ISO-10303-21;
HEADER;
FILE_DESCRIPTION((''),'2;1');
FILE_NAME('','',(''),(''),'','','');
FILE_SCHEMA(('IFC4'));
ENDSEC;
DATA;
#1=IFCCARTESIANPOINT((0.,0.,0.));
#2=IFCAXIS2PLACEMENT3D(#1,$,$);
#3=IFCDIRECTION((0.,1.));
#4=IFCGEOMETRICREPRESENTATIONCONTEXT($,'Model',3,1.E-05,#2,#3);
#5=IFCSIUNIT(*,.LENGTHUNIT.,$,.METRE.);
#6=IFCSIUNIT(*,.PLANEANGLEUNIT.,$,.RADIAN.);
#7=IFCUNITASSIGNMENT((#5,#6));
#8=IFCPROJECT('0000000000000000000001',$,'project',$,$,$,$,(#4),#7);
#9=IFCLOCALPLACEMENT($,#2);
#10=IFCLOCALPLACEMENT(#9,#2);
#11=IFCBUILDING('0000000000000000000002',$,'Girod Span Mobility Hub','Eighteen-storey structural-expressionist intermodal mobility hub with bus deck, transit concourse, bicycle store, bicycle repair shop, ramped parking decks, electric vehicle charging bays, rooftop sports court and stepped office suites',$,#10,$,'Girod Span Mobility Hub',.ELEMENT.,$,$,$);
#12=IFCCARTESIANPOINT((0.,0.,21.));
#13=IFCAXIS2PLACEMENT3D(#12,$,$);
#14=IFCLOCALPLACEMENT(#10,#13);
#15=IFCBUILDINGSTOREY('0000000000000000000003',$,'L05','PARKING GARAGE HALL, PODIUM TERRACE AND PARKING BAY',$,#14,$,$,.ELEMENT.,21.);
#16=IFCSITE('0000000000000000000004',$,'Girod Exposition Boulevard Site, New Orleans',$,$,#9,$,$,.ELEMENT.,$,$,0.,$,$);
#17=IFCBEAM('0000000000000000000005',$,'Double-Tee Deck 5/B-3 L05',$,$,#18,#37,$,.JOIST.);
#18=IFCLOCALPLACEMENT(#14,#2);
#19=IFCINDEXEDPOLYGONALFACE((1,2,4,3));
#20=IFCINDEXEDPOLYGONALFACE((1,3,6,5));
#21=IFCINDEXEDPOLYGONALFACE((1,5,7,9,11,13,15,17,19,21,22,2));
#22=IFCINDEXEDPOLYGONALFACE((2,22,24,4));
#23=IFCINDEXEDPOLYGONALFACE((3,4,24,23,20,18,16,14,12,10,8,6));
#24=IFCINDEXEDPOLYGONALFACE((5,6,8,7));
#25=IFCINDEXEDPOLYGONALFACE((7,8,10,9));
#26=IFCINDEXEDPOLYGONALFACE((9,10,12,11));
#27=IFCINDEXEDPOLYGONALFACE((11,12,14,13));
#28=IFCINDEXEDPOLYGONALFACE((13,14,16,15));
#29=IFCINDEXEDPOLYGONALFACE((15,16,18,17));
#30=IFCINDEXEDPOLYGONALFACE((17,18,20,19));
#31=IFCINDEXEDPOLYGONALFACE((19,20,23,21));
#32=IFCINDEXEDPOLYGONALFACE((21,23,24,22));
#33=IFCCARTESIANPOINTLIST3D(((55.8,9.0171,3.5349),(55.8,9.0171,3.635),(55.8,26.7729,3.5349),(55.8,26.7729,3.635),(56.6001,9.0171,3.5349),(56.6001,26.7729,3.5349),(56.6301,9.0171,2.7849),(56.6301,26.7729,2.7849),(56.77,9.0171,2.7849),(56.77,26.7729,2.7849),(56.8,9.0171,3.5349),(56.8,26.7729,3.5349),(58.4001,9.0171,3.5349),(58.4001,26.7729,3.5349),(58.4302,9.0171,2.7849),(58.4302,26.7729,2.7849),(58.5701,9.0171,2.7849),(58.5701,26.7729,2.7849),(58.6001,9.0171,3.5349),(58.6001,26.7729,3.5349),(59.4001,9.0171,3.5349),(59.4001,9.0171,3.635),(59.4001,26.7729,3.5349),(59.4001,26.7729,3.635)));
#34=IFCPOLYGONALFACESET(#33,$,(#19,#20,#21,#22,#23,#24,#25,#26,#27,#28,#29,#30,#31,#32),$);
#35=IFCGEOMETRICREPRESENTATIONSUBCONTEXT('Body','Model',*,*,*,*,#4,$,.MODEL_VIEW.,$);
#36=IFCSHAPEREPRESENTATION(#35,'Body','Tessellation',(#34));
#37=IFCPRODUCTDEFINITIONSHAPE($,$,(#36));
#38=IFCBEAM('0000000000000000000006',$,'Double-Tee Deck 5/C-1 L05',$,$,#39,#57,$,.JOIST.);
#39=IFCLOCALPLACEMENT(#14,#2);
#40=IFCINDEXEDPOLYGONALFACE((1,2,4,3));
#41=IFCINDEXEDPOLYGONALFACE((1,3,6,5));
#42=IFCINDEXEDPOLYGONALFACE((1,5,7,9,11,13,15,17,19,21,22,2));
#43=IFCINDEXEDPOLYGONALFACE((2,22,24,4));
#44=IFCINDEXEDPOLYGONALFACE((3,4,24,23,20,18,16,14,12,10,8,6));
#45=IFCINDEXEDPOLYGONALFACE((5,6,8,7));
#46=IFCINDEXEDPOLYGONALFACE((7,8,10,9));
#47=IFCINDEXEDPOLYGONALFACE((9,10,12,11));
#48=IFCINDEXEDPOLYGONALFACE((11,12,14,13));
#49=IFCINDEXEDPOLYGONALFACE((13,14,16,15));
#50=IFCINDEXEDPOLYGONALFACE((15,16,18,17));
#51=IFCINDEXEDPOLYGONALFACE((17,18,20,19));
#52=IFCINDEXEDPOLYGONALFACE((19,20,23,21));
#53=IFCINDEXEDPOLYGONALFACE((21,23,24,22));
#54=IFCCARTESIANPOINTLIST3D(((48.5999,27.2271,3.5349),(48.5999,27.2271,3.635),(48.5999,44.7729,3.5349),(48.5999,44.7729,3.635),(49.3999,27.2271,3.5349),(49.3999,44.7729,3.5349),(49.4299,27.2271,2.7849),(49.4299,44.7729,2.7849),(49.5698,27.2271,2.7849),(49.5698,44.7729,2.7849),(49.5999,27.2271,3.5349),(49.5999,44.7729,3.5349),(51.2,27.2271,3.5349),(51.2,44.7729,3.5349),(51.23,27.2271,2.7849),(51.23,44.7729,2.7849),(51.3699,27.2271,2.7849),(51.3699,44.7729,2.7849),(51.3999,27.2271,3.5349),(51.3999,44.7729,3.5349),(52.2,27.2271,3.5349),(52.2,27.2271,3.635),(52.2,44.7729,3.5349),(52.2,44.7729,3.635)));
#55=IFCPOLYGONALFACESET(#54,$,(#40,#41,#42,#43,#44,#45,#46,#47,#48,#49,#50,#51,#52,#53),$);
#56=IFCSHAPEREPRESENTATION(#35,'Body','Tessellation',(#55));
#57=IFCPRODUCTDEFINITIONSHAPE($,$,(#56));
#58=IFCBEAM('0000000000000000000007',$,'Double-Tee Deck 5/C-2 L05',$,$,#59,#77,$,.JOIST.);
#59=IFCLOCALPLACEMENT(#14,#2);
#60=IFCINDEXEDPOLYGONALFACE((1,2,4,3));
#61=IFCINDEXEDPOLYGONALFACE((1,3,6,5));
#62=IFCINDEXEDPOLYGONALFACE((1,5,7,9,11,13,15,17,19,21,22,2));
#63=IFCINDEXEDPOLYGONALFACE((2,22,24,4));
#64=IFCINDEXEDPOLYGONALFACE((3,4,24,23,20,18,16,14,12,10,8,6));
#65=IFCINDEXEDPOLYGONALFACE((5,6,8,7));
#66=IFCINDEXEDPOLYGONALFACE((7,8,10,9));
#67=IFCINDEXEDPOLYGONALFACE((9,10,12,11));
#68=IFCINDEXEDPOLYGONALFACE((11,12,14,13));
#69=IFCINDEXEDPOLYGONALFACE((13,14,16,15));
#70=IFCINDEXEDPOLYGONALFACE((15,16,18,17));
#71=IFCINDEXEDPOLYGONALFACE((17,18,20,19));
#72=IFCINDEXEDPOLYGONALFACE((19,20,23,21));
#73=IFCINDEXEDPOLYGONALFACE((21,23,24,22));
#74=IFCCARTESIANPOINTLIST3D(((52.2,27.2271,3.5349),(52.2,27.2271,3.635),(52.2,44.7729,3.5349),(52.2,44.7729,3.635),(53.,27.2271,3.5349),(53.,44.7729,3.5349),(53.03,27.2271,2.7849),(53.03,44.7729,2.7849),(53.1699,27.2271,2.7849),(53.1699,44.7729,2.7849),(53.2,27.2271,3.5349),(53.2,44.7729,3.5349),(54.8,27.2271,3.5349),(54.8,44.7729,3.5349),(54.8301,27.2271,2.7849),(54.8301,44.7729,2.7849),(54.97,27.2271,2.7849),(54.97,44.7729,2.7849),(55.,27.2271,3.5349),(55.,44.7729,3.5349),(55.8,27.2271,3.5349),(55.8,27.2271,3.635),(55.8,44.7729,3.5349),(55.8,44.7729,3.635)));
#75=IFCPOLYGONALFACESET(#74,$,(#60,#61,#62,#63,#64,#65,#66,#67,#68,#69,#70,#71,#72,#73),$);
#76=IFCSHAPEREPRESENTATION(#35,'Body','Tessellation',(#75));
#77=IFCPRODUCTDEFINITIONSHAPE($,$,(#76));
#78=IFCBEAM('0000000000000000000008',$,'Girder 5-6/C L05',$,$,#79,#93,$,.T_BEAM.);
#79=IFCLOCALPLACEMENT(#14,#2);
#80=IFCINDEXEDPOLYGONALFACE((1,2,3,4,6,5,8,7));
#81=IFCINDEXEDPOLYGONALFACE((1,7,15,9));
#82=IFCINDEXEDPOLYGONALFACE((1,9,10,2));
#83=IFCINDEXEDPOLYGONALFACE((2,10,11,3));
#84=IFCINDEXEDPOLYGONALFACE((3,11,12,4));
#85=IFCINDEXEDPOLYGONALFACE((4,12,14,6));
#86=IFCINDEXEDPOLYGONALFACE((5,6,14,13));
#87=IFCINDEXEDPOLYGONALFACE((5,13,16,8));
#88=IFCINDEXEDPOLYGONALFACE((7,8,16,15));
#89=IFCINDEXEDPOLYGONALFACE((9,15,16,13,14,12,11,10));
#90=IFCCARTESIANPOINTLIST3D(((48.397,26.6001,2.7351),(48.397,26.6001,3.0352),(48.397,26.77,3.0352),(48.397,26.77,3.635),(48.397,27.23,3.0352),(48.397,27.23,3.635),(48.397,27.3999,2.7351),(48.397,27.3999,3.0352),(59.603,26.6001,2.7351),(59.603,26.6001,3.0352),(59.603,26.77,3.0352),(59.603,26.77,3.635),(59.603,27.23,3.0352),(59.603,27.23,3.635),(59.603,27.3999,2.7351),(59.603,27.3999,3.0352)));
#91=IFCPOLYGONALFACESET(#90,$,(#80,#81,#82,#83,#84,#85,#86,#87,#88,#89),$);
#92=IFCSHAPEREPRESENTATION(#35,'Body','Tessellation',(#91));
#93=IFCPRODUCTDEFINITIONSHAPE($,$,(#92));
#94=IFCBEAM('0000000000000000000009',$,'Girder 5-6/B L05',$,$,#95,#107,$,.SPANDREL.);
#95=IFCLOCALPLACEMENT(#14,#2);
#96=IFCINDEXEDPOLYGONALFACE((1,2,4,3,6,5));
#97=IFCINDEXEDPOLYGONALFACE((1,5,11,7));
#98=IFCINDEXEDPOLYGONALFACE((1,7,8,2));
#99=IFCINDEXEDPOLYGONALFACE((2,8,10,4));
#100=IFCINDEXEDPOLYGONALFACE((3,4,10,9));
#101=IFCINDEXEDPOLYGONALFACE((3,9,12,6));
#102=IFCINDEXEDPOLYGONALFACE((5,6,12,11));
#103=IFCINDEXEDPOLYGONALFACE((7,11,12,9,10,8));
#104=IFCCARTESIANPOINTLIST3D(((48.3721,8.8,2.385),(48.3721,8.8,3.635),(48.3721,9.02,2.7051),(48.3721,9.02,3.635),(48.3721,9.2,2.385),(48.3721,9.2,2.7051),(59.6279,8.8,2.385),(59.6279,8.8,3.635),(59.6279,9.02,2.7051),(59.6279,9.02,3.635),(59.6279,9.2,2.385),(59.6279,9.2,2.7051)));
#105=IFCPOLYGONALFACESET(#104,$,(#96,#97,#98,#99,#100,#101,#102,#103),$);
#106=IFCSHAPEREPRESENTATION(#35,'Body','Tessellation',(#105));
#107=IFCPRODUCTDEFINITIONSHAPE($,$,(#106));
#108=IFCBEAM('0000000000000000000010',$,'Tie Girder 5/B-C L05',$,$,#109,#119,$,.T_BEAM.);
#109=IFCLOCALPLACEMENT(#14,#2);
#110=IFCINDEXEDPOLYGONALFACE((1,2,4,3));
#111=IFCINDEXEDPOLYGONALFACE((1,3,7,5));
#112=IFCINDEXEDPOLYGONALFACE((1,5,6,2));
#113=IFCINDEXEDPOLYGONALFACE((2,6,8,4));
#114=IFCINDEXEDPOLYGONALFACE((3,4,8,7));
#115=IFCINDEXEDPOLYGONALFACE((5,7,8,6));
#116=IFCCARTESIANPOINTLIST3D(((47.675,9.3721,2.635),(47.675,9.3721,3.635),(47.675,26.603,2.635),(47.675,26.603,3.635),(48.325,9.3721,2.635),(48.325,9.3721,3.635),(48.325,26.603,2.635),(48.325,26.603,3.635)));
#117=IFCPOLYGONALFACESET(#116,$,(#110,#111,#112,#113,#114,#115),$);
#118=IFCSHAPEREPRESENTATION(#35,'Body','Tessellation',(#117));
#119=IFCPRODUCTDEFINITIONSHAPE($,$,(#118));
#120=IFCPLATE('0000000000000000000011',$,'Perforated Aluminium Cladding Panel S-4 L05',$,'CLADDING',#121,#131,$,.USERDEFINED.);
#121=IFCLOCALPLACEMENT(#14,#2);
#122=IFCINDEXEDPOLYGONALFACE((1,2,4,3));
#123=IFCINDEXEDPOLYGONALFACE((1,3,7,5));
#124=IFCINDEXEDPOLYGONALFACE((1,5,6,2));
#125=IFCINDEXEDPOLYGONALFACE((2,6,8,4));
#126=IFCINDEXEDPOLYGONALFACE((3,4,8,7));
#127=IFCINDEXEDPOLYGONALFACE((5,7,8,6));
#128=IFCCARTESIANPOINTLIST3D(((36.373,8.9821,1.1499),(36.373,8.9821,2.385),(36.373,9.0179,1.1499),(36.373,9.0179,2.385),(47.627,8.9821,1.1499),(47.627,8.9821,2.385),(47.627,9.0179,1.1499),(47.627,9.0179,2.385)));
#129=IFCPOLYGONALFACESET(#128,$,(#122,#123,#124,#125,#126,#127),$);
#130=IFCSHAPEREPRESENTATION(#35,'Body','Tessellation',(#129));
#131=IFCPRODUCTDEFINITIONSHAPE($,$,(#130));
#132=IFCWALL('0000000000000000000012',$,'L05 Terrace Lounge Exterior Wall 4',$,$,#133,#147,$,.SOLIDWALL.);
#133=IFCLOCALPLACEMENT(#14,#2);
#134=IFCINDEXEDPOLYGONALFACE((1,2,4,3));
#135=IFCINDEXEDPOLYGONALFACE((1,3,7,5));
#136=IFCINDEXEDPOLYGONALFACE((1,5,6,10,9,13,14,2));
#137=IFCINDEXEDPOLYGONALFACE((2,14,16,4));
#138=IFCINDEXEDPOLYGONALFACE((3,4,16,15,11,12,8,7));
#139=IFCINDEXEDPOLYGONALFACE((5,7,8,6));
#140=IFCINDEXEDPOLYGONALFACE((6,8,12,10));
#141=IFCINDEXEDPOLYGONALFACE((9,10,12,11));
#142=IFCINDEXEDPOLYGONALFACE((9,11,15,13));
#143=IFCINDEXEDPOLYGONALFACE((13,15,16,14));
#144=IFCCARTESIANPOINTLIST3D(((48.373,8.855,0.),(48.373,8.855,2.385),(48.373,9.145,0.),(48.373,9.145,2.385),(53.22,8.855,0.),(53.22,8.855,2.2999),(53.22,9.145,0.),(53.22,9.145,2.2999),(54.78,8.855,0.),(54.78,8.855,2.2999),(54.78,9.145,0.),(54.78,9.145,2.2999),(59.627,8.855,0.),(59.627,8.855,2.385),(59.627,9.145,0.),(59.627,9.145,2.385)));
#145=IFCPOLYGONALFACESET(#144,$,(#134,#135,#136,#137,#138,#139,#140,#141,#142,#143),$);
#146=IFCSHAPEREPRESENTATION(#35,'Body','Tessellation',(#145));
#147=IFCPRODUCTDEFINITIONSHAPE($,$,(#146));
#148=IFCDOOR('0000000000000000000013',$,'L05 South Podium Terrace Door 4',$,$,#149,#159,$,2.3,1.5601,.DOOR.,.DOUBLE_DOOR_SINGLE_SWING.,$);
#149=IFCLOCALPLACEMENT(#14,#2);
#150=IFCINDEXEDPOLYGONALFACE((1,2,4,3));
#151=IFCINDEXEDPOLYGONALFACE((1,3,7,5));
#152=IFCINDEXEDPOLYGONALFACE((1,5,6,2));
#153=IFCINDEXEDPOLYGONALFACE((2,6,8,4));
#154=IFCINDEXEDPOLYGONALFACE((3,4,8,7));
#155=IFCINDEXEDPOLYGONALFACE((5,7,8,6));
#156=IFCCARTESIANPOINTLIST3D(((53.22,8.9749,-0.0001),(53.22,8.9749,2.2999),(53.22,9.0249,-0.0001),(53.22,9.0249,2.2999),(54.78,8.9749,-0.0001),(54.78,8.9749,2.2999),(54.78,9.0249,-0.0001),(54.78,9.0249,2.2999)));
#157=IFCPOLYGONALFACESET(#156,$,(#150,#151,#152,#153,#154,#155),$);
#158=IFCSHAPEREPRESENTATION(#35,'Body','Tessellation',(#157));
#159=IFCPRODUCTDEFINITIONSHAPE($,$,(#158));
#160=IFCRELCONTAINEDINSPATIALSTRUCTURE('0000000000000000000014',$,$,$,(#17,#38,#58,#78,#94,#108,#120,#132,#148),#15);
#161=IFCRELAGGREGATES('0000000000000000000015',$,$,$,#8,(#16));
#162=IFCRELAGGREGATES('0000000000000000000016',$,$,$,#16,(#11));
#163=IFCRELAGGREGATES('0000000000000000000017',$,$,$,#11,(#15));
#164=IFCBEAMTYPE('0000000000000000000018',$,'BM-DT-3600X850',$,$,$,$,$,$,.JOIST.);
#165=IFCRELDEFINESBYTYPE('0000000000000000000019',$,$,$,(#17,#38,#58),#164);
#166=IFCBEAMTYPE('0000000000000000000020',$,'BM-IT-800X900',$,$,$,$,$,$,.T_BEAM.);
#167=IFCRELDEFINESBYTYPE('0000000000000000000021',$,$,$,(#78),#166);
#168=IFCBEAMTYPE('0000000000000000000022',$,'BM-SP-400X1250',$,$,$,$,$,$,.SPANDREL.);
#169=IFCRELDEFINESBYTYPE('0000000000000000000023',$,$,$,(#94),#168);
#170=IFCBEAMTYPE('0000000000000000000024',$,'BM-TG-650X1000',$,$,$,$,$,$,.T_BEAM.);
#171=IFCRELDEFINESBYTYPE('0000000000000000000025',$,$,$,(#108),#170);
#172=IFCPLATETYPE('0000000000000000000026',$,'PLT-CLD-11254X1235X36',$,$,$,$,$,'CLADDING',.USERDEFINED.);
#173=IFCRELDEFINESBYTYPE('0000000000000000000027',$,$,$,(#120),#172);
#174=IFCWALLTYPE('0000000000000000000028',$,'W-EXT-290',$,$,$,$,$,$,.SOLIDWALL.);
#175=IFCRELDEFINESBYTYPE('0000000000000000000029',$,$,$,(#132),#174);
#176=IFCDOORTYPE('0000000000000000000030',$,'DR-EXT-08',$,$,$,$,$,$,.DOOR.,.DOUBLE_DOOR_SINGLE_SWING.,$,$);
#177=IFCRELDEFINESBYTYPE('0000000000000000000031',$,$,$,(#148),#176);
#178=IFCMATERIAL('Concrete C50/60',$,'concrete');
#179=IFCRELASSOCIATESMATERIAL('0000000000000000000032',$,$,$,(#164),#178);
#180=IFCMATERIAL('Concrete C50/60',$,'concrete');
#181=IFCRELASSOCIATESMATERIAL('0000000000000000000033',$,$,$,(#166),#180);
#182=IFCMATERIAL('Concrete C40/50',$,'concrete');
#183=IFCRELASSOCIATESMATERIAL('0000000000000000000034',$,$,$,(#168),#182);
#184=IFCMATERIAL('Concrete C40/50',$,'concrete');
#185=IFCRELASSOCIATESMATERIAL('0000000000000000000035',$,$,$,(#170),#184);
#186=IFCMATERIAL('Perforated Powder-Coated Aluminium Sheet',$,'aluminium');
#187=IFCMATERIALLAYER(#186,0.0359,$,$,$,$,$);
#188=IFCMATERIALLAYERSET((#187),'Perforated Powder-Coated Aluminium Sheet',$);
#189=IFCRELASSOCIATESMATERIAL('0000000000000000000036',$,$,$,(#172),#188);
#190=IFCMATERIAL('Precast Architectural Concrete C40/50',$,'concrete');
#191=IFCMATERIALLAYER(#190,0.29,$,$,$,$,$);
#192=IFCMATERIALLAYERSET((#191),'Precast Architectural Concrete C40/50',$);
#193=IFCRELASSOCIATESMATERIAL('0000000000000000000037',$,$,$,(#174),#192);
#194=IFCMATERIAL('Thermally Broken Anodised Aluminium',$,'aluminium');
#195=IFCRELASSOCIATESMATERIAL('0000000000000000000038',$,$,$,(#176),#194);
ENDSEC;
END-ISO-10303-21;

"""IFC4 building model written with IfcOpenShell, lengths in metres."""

from ifc_helpers import new_model, si_unit, direction, frame, frame_2d, origin, origin_2d, place, context, subcontext, project, spatial, polyline, rectangle, outline, extrude, material, layer, layer_set, material_profile, profile_set, type_object, element, fill, save


model = new_model("IFC4")

# Units and contexts
model_context = context("Model", 3, precision=1e-05, world=origin(), true_north=direction((0.0, 1.0)))
body_context = subcontext(model_context, "Body", "Model", "MODEL_VIEW")
ifc_project = project(units=[si_unit("LENGTHUNIT", "METRE"), si_unit("PLANEANGLEUNIT", "RADIAN")], contexts=[model_context])

# Site, building, storey
site_placement = place(None, origin())
site = spatial("IfcSite", under=ifc_project, at=site_placement, Name="Girod Exposition Boulevard Site, New Orleans", CompositionType="ELEMENT", RefElevation=0.0)
building_placement = place(site_placement, origin())
building = spatial("IfcBuilding", under=site, at=building_placement, Name="Girod Span Mobility Hub", Description="Eighteen-storey structural-expressionist intermodal mobility hub with bus deck, transit concourse, bicycle store, bicycle repair shop, ramped parking decks, electric vehicle charging bays, rooftop sports court and stepped office suites", LongName="Girod Span Mobility Hub", CompositionType="ELEMENT")
storey_placement = place(building_placement, frame((0.0, 0.0, 21.0)))
storey = spatial("IfcBuildingStorey", under=building, at=storey_placement, Name="L05", Description="PARKING GARAGE HALL, PODIUM TERRACE AND PARKING BAY", CompositionType="ELEMENT", Elevation=21.0)

# Beams
ifc_material_1 = material(Name="Concrete C50/60", Category="concrete")
ifc_material_profile_1 = material_profile(ifc_material_1, outline(polyline([(-1.8, 0.425), (-1.8, 0.325), (-1.0, 0.325), (-0.97, -0.425), (-0.8301, -0.425), (-0.8, 0.325), (0.8, 0.325), (0.8301, -0.425), (0.97, -0.425), (1.0, 0.325), (1.8, 0.325), (1.8, 0.425), (-1.8, 0.425)])), Name="DT-3600X850")
ifc_profile_set_1 = profile_set([ifc_material_profile_1], Name="Concrete C50/60")
beam_type_1 = type_object("IfcBeamType", Name="BM-DT-3600X850", PredefinedType="JOIST", material=ifc_profile_set_1)
for number, where, z_axis, x_axis, name in (
    (1, (57.6001, 9.0171, 3.21), (0.0, 1.0, 0.0), (-1.0, 0.0, 0.0), "Double-Tee Deck 5/B-3 L05"),
):
    element("IfcBeam", number, at=place(storey_placement, frame(where, z_axis=z_axis, x_axis=x_axis)), inside=storey, type_object=beam_type_1, Name=name, PredefinedType="JOIST", context=body_context, shape_type="SweptSolid", body=[
        extrude(outline(polyline([(-1.8, 0.425), (-1.8, 0.325), (-1.0, 0.325), (-0.97, -0.425), (-0.8301, -0.425), (-0.8, 0.325), (0.8, 0.325), (0.8301, -0.425), (0.97, -0.425), (1.0, 0.325), (1.8, 0.325), (1.8, 0.425), (-1.8, 0.425)])), origin(), (0.0, 0.0, 1.0), 17.7559),
    ])
for number, where, z_axis, x_axis, name in (
    (2, (50.3999, 27.2271, 3.21), (0.0, 1.0, 0.0), (-1.0, 0.0, 0.0), "Double-Tee Deck 5/C-1 L05"),
    (3, (54.0, 27.2271, 3.21), (0.0, 1.0, 0.0), (-1.0, 0.0, 0.0), "Double-Tee Deck 5/C-2 L05"),
):
    element("IfcBeam", number, at=place(storey_placement, frame(where, z_axis=z_axis, x_axis=x_axis)), inside=storey, type_object=beam_type_1, Name=name, PredefinedType="JOIST", context=body_context, shape_type="SweptSolid", body=[
        extrude(outline(polyline([(-1.8, 0.425), (-1.8, 0.325), (-1.0, 0.325), (-0.97, -0.425), (-0.8301, -0.425), (-0.8, 0.325), (0.8, 0.325), (0.8301, -0.425), (0.97, -0.425), (1.0, 0.325), (1.8, 0.325), (1.8, 0.425), (-1.8, 0.425)])), origin(), (0.0, 0.0, 1.0), 17.5459),
    ])
ifc_material_2 = material(Name="Concrete C50/60", Category="concrete")
ifc_material_profile_2 = material_profile(ifc_material_2, outline(polyline([(-0.3999, -0.45), (0.3999, -0.45), (0.3999, -0.1499), (0.23, -0.1499), (0.23, 0.45), (-0.23, 0.45), (-0.23, -0.1499), (-0.3999, -0.1499), (-0.3999, -0.45)])), Name="IT-800X900")
ifc_profile_set_2 = profile_set([ifc_material_profile_2], Name="Concrete C50/60")
beam_type_2 = type_object("IfcBeamType", Name="BM-IT-800X900", PredefinedType="T_BEAM", material=ifc_profile_set_2)
beam_1_placement = place(storey_placement, frame((48.397, 27.0, 3.1851), z_axis=(1.0, 0.0, 0.0), x_axis=(0.0, 1.0, 0.0)))
element("IfcBeam", 4, at=beam_1_placement, inside=storey, type_object=beam_type_2, Name="Girder 5-6/C L05", PredefinedType="T_BEAM", context=body_context, shape_type="SweptSolid", body=[
    extrude(outline(polyline([(-0.3999, -0.45), (0.3999, -0.45), (0.3999, -0.1499), (0.23, -0.1499), (0.23, 0.45), (-0.23, 0.45), (-0.23, -0.1499), (-0.3999, -0.1499), (-0.3999, -0.45)])), origin(), (0.0, 0.0, 1.0), 11.2061),
])
ifc_material_3 = material(Name="Concrete C40/50", Category="concrete")
ifc_material_profile_3 = material_profile(ifc_material_3, outline(polyline([(-0.2, -0.625), (0.2, -0.625), (0.2, -0.3049), (0.02, -0.3049), (0.02, 0.625), (-0.2, 0.625), (-0.2, -0.625)])), Name="SP-400X1250")
ifc_profile_set_3 = profile_set([ifc_material_profile_3], Name="Concrete C40/50")
beam_type_3 = type_object("IfcBeamType", Name="BM-SP-400X1250", PredefinedType="SPANDREL", material=ifc_profile_set_3)
beam_2_placement = place(storey_placement, frame((48.3721, 9.0, 3.01), z_axis=(1.0, 0.0, 0.0), x_axis=(0.0, 1.0, 0.0)))
element("IfcBeam", 5, at=beam_2_placement, inside=storey, type_object=beam_type_3, Name="Girder 5-6/B L05", PredefinedType="SPANDREL", context=body_context, shape_type="SweptSolid", body=[
    extrude(outline(polyline([(-0.2, -0.625), (0.2, -0.625), (0.2, -0.3049), (0.02, -0.3049), (0.02, 0.625), (-0.2, 0.625), (-0.2, -0.625)])), origin(), (0.0, 0.0, 1.0), 11.2559),
])
ifc_material_4 = material(Name="Concrete C40/50", Category="concrete")
ifc_material_profile_4 = material_profile(ifc_material_4, rectangle(XDim=0.6499, YDim=1.0, at=origin_2d()), Name="TG-650X1000")
ifc_profile_set_4 = profile_set([ifc_material_profile_4], Name="Concrete C40/50")
beam_type_4 = type_object("IfcBeamType", Name="BM-TG-650X1000", PredefinedType="T_BEAM", material=ifc_profile_set_4)
beam_3_placement = place(storey_placement, frame((48.0, 9.3721, 3.135), z_axis=(0.0, 1.0, 0.0), x_axis=(-1.0, 0.0, 0.0)))
element("IfcBeam", 6, at=beam_3_placement, inside=storey, type_object=beam_type_4, Name="Tie Girder 5/B-C L05", PredefinedType="T_BEAM", context=body_context, shape_type="SweptSolid", body=[
    extrude(rectangle(XDim=0.6499, YDim=1.0, at=origin_2d()), origin(), (0.0, 0.0, 1.0), 17.231),
])

# Plate
ifc_material_5 = material(Name="Perforated Powder-Coated Aluminium Sheet", Category="aluminium")
ifc_layer_1 = layer(ifc_material_5, 0.0359)
ifc_layer_set_1 = layer_set([ifc_layer_1], Name="Perforated Powder-Coated Aluminium Sheet")
plate_type = type_object("IfcPlateType", Name="PLT-CLD-11254X1235X36", ElementType="CLADDING", PredefinedType="USERDEFINED", material=ifc_layer_set_1)
plate_placement = place(storey_placement, frame((42.0, 9.0, 1.1499), z_axis=(0.0, 0.0, 1.0), x_axis=(1.0, 0.0, 0.0)))
element("IfcPlate", 7, at=plate_placement, inside=storey, type_object=plate_type, Name="Perforated Aluminium Cladding Panel S-4 L05", ObjectType="CLADDING", PredefinedType="USERDEFINED", context=body_context, shape_type="SweptSolid", body=[
    extrude(rectangle(XDim=11.2539, YDim=0.0359, at=origin_2d()), origin(), (0.0, 0.0, 1.0), 1.2351),
])

# Wall, opening, door
ifc_material_6 = material(Name="Precast Architectural Concrete C40/50", Category="concrete")
ifc_layer_2 = layer(ifc_material_6, 0.29)
ifc_layer_set_2 = layer_set([ifc_layer_2], Name="Precast Architectural Concrete C40/50")
wall_type_1 = type_object("IfcWallType", Name="W-EXT-290", PredefinedType="SOLIDWALL", material=ifc_layer_set_2)
wall_1_placement = place(storey_placement, frame((48.373, 9.0, 0.0), z_axis=(0.0, 0.0, 1.0), x_axis=(1.0, 0.0, 0.0)))
wall_1 = element("IfcWall", 8, at=wall_1_placement, inside=storey, type_object=wall_type_1, Name="L05 Terrace Lounge Exterior Wall 4", PredefinedType="SOLIDWALL", context=body_context, shape_type="SweptSolid", body=[
    extrude(rectangle(XDim=11.2539, YDim=0.29, at=frame_2d((5.627, 0.0))), origin(), (0.0, 0.0, 1.0), 2.385),
])
opening_1_placement = place(wall_1_placement, frame((4.8469, 0.0, 0.0)))
opening_1 = element("IfcOpeningElement", 9, at=opening_1_placement, cuts=wall_1, PredefinedType="OPENING", context=body_context, shape_type="SweptSolid", body=[
    extrude(rectangle(XDim=1.5601, YDim=2.3, at=frame_2d((0.78, 1.1499))), frame((0.0, 0.1599, 0.0), z_axis=(0.0, -1.0, 0.0), x_axis=(1.0, 0.0, 0.0)), (0.0, 0.0, 1.0), 0.3201),
])
ifc_material_7 = material(Name="Thermally Broken Anodised Aluminium", Category="aluminium")
door_type_1 = type_object("IfcDoorType", Name="DR-EXT-08", OperationType="DOUBLE_DOOR_SINGLE_SWING", PredefinedType="DOOR", material=ifc_material_7)
door_1_placement = place(opening_1_placement, origin())
door_1 = element("IfcDoor", 10, at=door_1_placement, inside=storey, type_object=door_type_1, Name="L05 South Podium Terrace Door 4", OperationType="DOUBLE_DOOR_SINGLE_SWING", OverallHeight=2.3, OverallWidth=1.5601, PredefinedType="DOOR", context=body_context, shape_type="SweptSolid", body=[
    extrude(rectangle(XDim=1.5601, YDim=2.3, at=frame_2d((0.78, 1.1499))), frame((0.0, 0.0249, 0.0), z_axis=(0.0, -1.0, 0.0), x_axis=(1.0, 0.0, 0.0)), (0.0, 0.0, 1.0), 0.05),
])
fill(opening_1, door_1)

save(model, "model.ifc")
